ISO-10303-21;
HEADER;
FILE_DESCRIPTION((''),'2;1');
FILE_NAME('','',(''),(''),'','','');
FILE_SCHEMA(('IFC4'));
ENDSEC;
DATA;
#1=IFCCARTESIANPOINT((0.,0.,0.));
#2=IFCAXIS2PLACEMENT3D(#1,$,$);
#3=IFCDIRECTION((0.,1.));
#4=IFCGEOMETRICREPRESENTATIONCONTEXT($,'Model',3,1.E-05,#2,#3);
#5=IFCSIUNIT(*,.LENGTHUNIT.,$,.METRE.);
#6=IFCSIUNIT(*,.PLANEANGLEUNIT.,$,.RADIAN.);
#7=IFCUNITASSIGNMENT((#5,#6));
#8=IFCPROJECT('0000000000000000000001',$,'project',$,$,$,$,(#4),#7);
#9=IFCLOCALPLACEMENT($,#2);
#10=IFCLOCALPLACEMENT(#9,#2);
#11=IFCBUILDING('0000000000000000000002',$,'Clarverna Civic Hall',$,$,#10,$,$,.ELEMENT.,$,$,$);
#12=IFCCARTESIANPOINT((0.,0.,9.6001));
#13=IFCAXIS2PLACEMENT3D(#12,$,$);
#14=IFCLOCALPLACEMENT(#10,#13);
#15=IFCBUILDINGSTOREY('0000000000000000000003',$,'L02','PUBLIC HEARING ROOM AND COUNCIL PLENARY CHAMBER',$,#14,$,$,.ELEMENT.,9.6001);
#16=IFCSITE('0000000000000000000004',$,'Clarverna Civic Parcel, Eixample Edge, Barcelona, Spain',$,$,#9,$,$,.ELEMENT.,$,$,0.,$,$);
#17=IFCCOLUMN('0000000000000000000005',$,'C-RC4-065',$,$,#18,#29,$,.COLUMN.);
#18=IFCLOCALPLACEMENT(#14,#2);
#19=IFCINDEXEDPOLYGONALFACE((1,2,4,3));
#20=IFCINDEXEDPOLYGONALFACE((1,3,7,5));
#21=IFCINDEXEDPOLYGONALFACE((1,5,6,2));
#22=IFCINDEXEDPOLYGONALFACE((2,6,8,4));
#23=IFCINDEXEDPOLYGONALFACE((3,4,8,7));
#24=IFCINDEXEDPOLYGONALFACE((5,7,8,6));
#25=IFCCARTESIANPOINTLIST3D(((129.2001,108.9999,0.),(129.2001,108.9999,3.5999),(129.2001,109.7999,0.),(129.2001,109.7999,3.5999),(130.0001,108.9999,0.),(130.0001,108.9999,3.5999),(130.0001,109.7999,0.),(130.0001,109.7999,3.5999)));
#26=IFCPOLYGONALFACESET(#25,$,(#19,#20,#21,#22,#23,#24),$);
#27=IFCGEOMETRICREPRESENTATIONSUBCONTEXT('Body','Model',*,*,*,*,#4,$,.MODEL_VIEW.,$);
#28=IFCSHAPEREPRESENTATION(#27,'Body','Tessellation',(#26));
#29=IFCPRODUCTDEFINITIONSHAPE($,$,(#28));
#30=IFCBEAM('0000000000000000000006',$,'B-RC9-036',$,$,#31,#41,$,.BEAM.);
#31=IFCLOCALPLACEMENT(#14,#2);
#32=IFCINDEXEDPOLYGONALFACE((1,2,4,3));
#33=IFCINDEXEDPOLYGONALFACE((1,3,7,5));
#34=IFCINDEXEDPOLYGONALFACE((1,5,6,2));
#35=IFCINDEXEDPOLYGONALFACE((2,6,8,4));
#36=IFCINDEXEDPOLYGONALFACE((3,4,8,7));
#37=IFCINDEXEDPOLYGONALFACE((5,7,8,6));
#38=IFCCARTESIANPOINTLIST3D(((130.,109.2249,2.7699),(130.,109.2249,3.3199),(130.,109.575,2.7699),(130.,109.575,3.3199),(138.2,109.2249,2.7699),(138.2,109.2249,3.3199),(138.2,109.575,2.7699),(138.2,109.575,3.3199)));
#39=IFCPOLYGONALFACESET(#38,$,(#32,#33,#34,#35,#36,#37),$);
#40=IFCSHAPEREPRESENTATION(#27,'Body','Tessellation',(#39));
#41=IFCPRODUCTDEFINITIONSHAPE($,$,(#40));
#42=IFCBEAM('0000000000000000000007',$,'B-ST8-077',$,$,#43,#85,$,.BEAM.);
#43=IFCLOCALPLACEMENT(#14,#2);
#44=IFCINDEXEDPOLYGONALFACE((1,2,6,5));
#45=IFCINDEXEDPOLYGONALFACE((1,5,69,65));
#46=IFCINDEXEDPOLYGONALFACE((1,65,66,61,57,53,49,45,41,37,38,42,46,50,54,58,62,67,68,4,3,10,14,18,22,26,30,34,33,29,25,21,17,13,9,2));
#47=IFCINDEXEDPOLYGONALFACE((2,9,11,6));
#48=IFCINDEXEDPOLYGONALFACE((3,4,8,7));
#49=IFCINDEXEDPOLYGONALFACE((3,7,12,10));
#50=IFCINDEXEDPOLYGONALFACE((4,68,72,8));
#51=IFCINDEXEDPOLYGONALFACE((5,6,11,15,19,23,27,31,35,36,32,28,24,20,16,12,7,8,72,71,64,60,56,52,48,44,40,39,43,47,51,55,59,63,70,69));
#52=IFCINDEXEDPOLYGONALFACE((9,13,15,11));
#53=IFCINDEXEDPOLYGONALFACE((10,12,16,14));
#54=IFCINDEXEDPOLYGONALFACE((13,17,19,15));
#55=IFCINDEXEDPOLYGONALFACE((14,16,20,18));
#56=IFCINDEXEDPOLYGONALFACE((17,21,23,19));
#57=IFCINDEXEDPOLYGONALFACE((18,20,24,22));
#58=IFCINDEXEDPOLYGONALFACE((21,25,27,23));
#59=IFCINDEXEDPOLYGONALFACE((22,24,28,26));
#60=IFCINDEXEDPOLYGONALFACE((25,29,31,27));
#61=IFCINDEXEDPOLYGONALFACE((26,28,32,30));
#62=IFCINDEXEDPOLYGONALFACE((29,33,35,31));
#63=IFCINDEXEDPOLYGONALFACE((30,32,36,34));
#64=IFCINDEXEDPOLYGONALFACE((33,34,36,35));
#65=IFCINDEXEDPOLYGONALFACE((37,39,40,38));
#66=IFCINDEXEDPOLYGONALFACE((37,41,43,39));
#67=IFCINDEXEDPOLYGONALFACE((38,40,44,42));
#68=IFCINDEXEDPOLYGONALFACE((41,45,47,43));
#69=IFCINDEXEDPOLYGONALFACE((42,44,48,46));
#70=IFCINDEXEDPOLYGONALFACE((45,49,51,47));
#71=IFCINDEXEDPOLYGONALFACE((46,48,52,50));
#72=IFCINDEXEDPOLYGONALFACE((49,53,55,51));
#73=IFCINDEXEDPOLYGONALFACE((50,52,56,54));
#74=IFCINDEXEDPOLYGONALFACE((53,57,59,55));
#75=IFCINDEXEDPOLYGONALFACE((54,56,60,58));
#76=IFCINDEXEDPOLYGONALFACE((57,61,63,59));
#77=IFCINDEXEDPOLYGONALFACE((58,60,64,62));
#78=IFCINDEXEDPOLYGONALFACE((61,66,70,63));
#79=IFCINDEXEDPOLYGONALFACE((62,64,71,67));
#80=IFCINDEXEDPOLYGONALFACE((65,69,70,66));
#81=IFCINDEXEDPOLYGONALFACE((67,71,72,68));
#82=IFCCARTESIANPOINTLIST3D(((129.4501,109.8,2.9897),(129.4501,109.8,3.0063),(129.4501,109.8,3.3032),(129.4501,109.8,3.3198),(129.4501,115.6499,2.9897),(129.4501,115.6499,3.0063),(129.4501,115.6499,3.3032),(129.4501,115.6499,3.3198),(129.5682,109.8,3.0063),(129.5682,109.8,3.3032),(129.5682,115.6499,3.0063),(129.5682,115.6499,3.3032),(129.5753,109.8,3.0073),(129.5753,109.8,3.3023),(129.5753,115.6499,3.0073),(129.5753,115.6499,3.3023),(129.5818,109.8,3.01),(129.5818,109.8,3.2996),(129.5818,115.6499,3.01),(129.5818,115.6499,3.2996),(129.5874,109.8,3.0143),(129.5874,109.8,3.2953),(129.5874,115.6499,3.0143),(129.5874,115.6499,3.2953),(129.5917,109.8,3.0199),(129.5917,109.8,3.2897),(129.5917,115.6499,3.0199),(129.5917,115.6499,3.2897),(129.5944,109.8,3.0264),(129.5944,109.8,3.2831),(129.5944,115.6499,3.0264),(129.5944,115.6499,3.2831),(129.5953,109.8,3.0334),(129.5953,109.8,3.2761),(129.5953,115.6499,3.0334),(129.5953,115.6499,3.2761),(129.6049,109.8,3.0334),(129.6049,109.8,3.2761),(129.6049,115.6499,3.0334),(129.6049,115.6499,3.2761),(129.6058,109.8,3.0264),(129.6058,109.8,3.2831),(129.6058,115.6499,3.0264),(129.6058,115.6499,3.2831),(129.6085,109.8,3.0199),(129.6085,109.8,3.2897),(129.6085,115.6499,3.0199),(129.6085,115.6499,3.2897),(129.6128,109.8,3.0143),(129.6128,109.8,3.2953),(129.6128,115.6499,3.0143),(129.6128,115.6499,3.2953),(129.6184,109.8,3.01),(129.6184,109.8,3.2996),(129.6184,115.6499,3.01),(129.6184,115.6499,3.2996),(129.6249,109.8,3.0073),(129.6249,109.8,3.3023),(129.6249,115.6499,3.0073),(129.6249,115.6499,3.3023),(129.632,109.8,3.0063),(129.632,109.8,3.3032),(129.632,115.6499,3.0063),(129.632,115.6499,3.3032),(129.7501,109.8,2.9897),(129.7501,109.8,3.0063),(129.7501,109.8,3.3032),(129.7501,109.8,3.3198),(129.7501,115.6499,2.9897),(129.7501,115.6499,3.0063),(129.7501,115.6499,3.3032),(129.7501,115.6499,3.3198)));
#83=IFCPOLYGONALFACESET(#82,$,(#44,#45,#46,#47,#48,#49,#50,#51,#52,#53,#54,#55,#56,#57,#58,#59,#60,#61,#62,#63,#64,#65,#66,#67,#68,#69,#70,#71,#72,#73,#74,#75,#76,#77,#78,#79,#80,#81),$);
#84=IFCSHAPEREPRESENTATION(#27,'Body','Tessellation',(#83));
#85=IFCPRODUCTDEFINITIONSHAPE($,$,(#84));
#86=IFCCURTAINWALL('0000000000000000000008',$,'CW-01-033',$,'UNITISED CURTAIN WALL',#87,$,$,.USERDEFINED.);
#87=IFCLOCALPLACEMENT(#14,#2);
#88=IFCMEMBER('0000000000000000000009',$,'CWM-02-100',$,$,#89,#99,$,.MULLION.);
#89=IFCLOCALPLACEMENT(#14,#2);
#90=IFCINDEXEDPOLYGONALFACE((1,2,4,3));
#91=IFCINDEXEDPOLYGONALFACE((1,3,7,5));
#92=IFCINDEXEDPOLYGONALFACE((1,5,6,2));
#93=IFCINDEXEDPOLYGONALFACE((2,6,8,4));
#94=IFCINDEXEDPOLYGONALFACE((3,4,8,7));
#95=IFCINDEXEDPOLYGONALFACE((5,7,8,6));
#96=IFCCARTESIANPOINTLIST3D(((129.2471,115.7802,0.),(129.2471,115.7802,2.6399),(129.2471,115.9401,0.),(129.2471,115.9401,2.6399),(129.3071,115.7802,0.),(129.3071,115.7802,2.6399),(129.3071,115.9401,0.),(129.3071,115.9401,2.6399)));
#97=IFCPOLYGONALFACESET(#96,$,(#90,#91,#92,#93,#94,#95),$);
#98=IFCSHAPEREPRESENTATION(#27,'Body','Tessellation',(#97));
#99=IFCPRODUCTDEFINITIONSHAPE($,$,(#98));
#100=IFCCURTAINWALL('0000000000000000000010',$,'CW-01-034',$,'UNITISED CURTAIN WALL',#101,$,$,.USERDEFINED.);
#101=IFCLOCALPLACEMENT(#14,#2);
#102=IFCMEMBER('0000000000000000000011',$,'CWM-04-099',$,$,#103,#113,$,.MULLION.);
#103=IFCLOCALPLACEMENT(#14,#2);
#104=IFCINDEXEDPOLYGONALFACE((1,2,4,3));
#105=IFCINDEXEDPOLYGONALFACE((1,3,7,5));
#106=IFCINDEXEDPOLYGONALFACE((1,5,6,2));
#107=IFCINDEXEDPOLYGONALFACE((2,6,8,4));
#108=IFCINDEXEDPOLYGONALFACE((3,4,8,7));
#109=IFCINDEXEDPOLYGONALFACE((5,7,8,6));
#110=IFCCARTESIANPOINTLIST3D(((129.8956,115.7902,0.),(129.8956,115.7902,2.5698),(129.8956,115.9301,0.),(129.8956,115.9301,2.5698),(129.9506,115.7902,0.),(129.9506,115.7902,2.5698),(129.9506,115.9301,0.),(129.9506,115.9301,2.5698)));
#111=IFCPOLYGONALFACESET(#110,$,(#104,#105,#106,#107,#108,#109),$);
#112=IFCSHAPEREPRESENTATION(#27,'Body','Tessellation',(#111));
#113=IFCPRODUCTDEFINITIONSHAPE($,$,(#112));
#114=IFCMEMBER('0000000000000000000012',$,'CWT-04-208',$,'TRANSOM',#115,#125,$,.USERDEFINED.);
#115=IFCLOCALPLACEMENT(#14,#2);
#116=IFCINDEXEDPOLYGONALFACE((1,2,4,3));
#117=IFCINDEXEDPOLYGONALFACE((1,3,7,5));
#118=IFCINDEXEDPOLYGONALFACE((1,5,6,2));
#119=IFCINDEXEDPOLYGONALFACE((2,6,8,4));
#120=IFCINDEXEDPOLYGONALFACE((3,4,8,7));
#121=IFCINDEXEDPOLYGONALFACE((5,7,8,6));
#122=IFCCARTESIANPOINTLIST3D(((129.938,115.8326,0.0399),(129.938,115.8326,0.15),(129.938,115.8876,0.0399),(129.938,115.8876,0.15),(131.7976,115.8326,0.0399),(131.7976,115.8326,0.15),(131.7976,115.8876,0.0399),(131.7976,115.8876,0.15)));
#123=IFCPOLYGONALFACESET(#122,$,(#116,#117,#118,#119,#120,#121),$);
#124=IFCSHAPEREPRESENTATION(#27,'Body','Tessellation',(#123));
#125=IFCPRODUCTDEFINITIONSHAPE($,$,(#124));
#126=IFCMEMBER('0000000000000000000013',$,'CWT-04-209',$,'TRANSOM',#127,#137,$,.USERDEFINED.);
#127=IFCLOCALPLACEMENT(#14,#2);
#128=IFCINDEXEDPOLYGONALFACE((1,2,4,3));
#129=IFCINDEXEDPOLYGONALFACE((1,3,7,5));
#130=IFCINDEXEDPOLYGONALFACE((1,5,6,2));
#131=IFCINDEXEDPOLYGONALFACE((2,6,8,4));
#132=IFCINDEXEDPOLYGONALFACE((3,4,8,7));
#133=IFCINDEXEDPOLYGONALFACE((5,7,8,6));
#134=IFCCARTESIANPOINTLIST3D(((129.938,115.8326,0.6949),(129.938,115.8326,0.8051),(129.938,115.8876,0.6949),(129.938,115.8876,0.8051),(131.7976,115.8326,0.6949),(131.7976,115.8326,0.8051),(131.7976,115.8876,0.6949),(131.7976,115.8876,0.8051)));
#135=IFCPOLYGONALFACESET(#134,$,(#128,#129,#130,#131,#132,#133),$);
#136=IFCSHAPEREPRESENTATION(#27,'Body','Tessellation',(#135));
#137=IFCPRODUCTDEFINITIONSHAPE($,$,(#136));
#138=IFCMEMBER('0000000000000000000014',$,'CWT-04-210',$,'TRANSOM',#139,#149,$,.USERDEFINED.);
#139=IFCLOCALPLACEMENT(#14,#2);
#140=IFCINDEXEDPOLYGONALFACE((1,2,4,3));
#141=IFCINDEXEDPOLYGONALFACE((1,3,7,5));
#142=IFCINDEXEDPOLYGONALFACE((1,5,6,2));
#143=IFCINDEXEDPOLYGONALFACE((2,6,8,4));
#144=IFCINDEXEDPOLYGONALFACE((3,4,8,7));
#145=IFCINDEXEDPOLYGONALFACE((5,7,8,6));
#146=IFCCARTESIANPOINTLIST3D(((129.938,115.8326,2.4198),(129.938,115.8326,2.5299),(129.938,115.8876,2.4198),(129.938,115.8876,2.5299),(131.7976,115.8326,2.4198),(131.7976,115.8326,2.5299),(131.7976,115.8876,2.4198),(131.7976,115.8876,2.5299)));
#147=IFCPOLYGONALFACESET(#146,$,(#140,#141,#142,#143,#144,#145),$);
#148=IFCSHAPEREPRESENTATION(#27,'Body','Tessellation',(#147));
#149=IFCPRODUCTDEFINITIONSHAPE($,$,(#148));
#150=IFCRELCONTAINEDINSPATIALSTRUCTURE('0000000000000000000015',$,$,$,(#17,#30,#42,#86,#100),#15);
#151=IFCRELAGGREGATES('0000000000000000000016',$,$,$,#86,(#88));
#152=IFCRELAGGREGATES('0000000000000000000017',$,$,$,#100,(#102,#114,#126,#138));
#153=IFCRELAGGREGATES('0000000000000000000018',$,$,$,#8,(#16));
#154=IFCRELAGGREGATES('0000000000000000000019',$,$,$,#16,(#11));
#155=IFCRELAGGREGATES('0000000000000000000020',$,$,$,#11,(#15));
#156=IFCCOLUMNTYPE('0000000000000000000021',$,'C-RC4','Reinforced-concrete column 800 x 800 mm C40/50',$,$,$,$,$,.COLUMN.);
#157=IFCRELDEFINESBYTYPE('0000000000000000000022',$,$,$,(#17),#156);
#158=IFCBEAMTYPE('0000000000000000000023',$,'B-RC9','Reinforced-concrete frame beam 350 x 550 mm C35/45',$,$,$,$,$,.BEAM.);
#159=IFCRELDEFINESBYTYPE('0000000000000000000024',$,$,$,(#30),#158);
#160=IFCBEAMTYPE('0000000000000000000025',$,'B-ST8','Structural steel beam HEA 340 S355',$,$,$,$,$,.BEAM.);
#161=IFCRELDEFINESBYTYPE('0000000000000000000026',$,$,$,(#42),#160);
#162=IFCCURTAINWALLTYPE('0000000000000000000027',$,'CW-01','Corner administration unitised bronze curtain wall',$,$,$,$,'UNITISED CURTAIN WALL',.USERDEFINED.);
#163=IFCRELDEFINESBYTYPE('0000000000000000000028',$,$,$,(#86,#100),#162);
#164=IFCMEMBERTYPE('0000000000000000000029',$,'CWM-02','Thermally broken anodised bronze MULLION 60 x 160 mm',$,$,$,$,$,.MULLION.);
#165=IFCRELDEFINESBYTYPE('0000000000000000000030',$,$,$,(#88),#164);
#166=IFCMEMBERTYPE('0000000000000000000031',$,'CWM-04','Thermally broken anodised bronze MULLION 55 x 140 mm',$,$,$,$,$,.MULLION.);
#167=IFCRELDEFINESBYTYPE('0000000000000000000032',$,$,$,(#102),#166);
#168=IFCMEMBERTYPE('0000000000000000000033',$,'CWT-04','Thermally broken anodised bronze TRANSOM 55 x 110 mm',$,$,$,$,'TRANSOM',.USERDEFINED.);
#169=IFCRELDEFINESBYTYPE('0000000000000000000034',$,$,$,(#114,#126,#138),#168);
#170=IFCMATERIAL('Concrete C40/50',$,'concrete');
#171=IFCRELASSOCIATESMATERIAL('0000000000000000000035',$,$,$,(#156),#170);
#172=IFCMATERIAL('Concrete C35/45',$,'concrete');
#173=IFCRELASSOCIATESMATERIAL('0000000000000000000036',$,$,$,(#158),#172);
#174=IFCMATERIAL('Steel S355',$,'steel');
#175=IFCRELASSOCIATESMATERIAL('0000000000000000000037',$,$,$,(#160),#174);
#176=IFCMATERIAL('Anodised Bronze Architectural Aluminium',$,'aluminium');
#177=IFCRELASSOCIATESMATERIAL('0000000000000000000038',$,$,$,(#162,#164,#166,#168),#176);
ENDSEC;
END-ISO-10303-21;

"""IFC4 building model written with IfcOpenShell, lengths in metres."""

from ifc_helpers import new_model, si_unit, direction, frame, origin, origin_2d, place, context, subcontext, project, spatial, rectangle, i_section, extrude, material, material_profile, profile_set, type_object, element, aggregate, save


model = new_model("IFC4")

# Units and contexts
model_context = context("Model", 3, precision=1e-05, world=origin(), true_north=direction((0.0, 1.0)))
body_context = subcontext(model_context, "Body", "Model", "MODEL_VIEW")
ifc_project = project(units=[si_unit("LENGTHUNIT", "METRE"), si_unit("PLANEANGLEUNIT", "RADIAN")], contexts=[model_context])

# Site, building, storey
site_placement = place(None, origin())
site = spatial("IfcSite", under=ifc_project, at=site_placement, Name="Clarverna Civic Parcel, Eixample Edge, Barcelona, Spain", CompositionType="ELEMENT", RefElevation=0.0)
building_placement = place(site_placement, origin())
building = spatial("IfcBuilding", under=site, at=building_placement, Name="Clarverna Civic Hall", CompositionType="ELEMENT")
storey_placement = place(building_placement, frame((0.0, 0.0, 9.6001)))
storey = spatial("IfcBuildingStorey", under=building, at=storey_placement, Name="L02", Description="PUBLIC HEARING ROOM AND COUNCIL PLENARY CHAMBER", CompositionType="ELEMENT", Elevation=9.6001)

# Column
ifc_material_1 = material(Name="Concrete C40/50", Category="concrete")
ifc_material_profile_1 = material_profile(ifc_material_1, rectangle(XDim=0.8, YDim=0.8, at=origin_2d()), Name="RC 800x800")
ifc_profile_set_1 = profile_set([ifc_material_profile_1], Name="Concrete C40/50")
column_type = type_object("IfcColumnType", Name="C-RC4", Description="Reinforced-concrete column 800 x 800 mm C40/50", PredefinedType="COLUMN", material=ifc_profile_set_1)
column_placement = place(storey_placement, frame((129.6001, 109.3999, 0.0), z_axis=(0.0, 0.0, 1.0), x_axis=(1.0, 0.0, 0.0)))
element("IfcColumn", 1, at=column_placement, inside=storey, type_object=column_type, Name="C-RC4-065", PredefinedType="COLUMN", context=body_context, shape_type="SweptSolid", body=[
    extrude(rectangle(XDim=0.8, YDim=0.8, at=origin_2d()), origin(), (0.0, 0.0, 1.0), 3.5999),
])

# Beams
ifc_material_2 = material(Name="Concrete C35/45", Category="concrete")
ifc_material_profile_2 = material_profile(ifc_material_2, rectangle(XDim=0.3501, YDim=0.55, at=origin_2d()), Name="RC 350x550")
ifc_profile_set_2 = profile_set([ifc_material_profile_2], Name="Concrete C35/45")
beam_type_1 = type_object("IfcBeamType", Name="B-RC9", Description="Reinforced-concrete frame beam 350 x 550 mm C35/45", PredefinedType="BEAM", material=ifc_profile_set_2)
beam_1_placement = place(storey_placement, frame((130.0, 109.3999, 3.0449), z_axis=(1.0, 0.0, 0.0), x_axis=(0.0, 1.0, 0.0)))
element("IfcBeam", 2, at=beam_1_placement, inside=storey, type_object=beam_type_1, Name="B-RC9-036", PredefinedType="BEAM", context=body_context, shape_type="SweptSolid", body=[
    extrude(rectangle(XDim=0.3501, YDim=0.55, at=origin_2d()), origin(), (0.0, 0.0, 1.0), 8.2),
])
ifc_material_3 = material(Name="Steel S355", Category="steel")
ifc_material_profile_3 = material_profile(ifc_material_3, i_section(OverallWidth=0.3, OverallDepth=0.3301, WebThickness=0.0095, FlangeThickness=0.0166, FilletRadius=0.0271, at=origin_2d()), Name="HEA 340")
ifc_profile_set_3 = profile_set([ifc_material_profile_3], Name="Steel S355")
beam_type_2 = type_object("IfcBeamType", Name="B-ST8", Description="Structural steel beam HEA 340 S355", PredefinedType="BEAM", material=ifc_profile_set_3)
beam_2_placement = place(storey_placement, frame((129.6001, 109.8, 3.1548), z_axis=(0.0, 1.0, 0.0), x_axis=(-1.0, 0.0, 0.0)))
element("IfcBeam", 3, at=beam_2_placement, inside=storey, type_object=beam_type_2, Name="B-ST8-077", PredefinedType="BEAM", context=body_context, shape_type="SweptSolid", body=[
    extrude(i_section(OverallWidth=0.3, OverallDepth=0.3301, WebThickness=0.0095, FlangeThickness=0.0166, FilletRadius=0.0271, at=origin_2d()), origin(), (0.0, 0.0, 1.0), 5.8499),
])

# Curtain wall, member
ifc_material_4 = material(Name="Anodised Bronze Architectural Aluminium", Category="aluminium")
curtain_wall_type = type_object("IfcCurtainWallType", Name="CW-01", Description="Corner administration unitised bronze curtain wall", ElementType="UNITISED CURTAIN WALL", PredefinedType="USERDEFINED", material=ifc_material_4)
curtain_wall_1_placement = place(storey_placement, origin())
curtain_wall_1 = element("IfcCurtainWall", 4, at=curtain_wall_1_placement, inside=storey, type_object=curtain_wall_type, Name="CW-01-033", ObjectType="UNITISED CURTAIN WALL", PredefinedType="USERDEFINED")
ifc_material_profile_4 = material_profile(ifc_material_4, rectangle(XDim=0.0601, YDim=0.1599, at=origin_2d()), Name="BRONZE 60x160")
ifc_profile_set_4 = profile_set([ifc_material_profile_4], Name="Anodised Bronze Architectural Aluminium")
member_type_1 = type_object("IfcMemberType", Name="CWM-02", Description="Thermally broken anodised bronze MULLION 60 x 160 mm", PredefinedType="MULLION", material=ifc_profile_set_4)
member_1_placement = place(storey_placement, frame((129.2771, 115.8601, 0.0), z_axis=(0.0, 0.0, 1.0), x_axis=(1.0, 0.0, 0.0)))
member_1 = element("IfcMember", 5, at=member_1_placement, type_object=member_type_1, Name="CWM-02-100", PredefinedType="MULLION", context=body_context, shape_type="SweptSolid", body=[
    extrude(rectangle(XDim=0.0601, YDim=0.1599, at=origin_2d()), origin(), (0.0, 0.0, 1.0), 2.6399),
])

# Curtain wall, members
curtain_wall_2_placement = place(storey_placement, origin())
curtain_wall_2 = element("IfcCurtainWall", 6, at=curtain_wall_2_placement, inside=storey, type_object=curtain_wall_type, Name="CW-01-034", ObjectType="UNITISED CURTAIN WALL", PredefinedType="USERDEFINED")
ifc_material_profile_5 = material_profile(ifc_material_4, rectangle(XDim=0.0549, YDim=0.1399, at=origin_2d()), Name="BRONZE 55x140")
ifc_profile_set_5 = profile_set([ifc_material_profile_5], Name="Anodised Bronze Architectural Aluminium")
member_type_2 = type_object("IfcMemberType", Name="CWM-04", Description="Thermally broken anodised bronze MULLION 55 x 140 mm", PredefinedType="MULLION", material=ifc_profile_set_5)
member_2_placement = place(storey_placement, frame((129.9231, 115.8601, 0.0), z_axis=(0.0, 0.0, 1.0), x_axis=(1.0, 0.0, 0.0)))
member_2 = element("IfcMember", 7, at=member_2_placement, type_object=member_type_2, Name="CWM-04-099", PredefinedType="MULLION", context=body_context, shape_type="SweptSolid", body=[
    extrude(rectangle(XDim=0.0549, YDim=0.1399, at=origin_2d()), origin(), (0.0, 0.0, 1.0), 2.5698),
])
ifc_material_profile_6 = material_profile(ifc_material_4, rectangle(XDim=0.0549, YDim=0.1101, at=origin_2d()), Name="BRONZE 55x110")
ifc_profile_set_6 = profile_set([ifc_material_profile_6], Name="Anodised Bronze Architectural Aluminium")
member_type_3 = type_object("IfcMemberType", Name="CWT-04", Description="Thermally broken anodised bronze TRANSOM 55 x 110 mm", ElementType="TRANSOM", PredefinedType="USERDEFINED", material=ifc_profile_set_6)
member_3_placement = place(storey_placement, frame((129.938, 115.8601, 0.095), z_axis=(1.0, 0.0, 0.0), x_axis=(0.0, 1.0, 0.0)))
member_3 = element("IfcMember", 8, at=member_3_placement, type_object=member_type_3, Name="CWT-04-208", ObjectType="TRANSOM", PredefinedType="USERDEFINED", context=body_context, shape_type="SweptSolid", body=[
    extrude(rectangle(XDim=0.0549, YDim=0.1101, at=origin_2d()), origin(), (0.0, 0.0, 1.0), 1.8596),
])
member_4_placement = place(storey_placement, frame((129.938, 115.8601, 0.75), z_axis=(1.0, 0.0, 0.0), x_axis=(0.0, 1.0, 0.0)))
member_4 = element("IfcMember", 9, at=member_4_placement, type_object=member_type_3, Name="CWT-04-209", ObjectType="TRANSOM", PredefinedType="USERDEFINED", context=body_context, shape_type="SweptSolid", body=[
    extrude(rectangle(XDim=0.0549, YDim=0.1101, at=origin_2d()), origin(), (0.0, 0.0, 1.0), 1.8596),
])
member_5_placement = place(storey_placement, frame((129.938, 115.8601, 2.4749), z_axis=(1.0, 0.0, 0.0), x_axis=(0.0, 1.0, 0.0)))
member_5 = element("IfcMember", 10, at=member_5_placement, type_object=member_type_3, Name="CWT-04-210", ObjectType="TRANSOM", PredefinedType="USERDEFINED", context=body_context, shape_type="SweptSolid", body=[
    extrude(rectangle(XDim=0.0549, YDim=0.1101, at=origin_2d()), origin(), (0.0, 0.0, 1.0), 1.8596),
])

aggregate(curtain_wall_1, [member_1])
aggregate(curtain_wall_2, [member_2, member_3, member_4, member_5])

save(model, "model.ifc")
